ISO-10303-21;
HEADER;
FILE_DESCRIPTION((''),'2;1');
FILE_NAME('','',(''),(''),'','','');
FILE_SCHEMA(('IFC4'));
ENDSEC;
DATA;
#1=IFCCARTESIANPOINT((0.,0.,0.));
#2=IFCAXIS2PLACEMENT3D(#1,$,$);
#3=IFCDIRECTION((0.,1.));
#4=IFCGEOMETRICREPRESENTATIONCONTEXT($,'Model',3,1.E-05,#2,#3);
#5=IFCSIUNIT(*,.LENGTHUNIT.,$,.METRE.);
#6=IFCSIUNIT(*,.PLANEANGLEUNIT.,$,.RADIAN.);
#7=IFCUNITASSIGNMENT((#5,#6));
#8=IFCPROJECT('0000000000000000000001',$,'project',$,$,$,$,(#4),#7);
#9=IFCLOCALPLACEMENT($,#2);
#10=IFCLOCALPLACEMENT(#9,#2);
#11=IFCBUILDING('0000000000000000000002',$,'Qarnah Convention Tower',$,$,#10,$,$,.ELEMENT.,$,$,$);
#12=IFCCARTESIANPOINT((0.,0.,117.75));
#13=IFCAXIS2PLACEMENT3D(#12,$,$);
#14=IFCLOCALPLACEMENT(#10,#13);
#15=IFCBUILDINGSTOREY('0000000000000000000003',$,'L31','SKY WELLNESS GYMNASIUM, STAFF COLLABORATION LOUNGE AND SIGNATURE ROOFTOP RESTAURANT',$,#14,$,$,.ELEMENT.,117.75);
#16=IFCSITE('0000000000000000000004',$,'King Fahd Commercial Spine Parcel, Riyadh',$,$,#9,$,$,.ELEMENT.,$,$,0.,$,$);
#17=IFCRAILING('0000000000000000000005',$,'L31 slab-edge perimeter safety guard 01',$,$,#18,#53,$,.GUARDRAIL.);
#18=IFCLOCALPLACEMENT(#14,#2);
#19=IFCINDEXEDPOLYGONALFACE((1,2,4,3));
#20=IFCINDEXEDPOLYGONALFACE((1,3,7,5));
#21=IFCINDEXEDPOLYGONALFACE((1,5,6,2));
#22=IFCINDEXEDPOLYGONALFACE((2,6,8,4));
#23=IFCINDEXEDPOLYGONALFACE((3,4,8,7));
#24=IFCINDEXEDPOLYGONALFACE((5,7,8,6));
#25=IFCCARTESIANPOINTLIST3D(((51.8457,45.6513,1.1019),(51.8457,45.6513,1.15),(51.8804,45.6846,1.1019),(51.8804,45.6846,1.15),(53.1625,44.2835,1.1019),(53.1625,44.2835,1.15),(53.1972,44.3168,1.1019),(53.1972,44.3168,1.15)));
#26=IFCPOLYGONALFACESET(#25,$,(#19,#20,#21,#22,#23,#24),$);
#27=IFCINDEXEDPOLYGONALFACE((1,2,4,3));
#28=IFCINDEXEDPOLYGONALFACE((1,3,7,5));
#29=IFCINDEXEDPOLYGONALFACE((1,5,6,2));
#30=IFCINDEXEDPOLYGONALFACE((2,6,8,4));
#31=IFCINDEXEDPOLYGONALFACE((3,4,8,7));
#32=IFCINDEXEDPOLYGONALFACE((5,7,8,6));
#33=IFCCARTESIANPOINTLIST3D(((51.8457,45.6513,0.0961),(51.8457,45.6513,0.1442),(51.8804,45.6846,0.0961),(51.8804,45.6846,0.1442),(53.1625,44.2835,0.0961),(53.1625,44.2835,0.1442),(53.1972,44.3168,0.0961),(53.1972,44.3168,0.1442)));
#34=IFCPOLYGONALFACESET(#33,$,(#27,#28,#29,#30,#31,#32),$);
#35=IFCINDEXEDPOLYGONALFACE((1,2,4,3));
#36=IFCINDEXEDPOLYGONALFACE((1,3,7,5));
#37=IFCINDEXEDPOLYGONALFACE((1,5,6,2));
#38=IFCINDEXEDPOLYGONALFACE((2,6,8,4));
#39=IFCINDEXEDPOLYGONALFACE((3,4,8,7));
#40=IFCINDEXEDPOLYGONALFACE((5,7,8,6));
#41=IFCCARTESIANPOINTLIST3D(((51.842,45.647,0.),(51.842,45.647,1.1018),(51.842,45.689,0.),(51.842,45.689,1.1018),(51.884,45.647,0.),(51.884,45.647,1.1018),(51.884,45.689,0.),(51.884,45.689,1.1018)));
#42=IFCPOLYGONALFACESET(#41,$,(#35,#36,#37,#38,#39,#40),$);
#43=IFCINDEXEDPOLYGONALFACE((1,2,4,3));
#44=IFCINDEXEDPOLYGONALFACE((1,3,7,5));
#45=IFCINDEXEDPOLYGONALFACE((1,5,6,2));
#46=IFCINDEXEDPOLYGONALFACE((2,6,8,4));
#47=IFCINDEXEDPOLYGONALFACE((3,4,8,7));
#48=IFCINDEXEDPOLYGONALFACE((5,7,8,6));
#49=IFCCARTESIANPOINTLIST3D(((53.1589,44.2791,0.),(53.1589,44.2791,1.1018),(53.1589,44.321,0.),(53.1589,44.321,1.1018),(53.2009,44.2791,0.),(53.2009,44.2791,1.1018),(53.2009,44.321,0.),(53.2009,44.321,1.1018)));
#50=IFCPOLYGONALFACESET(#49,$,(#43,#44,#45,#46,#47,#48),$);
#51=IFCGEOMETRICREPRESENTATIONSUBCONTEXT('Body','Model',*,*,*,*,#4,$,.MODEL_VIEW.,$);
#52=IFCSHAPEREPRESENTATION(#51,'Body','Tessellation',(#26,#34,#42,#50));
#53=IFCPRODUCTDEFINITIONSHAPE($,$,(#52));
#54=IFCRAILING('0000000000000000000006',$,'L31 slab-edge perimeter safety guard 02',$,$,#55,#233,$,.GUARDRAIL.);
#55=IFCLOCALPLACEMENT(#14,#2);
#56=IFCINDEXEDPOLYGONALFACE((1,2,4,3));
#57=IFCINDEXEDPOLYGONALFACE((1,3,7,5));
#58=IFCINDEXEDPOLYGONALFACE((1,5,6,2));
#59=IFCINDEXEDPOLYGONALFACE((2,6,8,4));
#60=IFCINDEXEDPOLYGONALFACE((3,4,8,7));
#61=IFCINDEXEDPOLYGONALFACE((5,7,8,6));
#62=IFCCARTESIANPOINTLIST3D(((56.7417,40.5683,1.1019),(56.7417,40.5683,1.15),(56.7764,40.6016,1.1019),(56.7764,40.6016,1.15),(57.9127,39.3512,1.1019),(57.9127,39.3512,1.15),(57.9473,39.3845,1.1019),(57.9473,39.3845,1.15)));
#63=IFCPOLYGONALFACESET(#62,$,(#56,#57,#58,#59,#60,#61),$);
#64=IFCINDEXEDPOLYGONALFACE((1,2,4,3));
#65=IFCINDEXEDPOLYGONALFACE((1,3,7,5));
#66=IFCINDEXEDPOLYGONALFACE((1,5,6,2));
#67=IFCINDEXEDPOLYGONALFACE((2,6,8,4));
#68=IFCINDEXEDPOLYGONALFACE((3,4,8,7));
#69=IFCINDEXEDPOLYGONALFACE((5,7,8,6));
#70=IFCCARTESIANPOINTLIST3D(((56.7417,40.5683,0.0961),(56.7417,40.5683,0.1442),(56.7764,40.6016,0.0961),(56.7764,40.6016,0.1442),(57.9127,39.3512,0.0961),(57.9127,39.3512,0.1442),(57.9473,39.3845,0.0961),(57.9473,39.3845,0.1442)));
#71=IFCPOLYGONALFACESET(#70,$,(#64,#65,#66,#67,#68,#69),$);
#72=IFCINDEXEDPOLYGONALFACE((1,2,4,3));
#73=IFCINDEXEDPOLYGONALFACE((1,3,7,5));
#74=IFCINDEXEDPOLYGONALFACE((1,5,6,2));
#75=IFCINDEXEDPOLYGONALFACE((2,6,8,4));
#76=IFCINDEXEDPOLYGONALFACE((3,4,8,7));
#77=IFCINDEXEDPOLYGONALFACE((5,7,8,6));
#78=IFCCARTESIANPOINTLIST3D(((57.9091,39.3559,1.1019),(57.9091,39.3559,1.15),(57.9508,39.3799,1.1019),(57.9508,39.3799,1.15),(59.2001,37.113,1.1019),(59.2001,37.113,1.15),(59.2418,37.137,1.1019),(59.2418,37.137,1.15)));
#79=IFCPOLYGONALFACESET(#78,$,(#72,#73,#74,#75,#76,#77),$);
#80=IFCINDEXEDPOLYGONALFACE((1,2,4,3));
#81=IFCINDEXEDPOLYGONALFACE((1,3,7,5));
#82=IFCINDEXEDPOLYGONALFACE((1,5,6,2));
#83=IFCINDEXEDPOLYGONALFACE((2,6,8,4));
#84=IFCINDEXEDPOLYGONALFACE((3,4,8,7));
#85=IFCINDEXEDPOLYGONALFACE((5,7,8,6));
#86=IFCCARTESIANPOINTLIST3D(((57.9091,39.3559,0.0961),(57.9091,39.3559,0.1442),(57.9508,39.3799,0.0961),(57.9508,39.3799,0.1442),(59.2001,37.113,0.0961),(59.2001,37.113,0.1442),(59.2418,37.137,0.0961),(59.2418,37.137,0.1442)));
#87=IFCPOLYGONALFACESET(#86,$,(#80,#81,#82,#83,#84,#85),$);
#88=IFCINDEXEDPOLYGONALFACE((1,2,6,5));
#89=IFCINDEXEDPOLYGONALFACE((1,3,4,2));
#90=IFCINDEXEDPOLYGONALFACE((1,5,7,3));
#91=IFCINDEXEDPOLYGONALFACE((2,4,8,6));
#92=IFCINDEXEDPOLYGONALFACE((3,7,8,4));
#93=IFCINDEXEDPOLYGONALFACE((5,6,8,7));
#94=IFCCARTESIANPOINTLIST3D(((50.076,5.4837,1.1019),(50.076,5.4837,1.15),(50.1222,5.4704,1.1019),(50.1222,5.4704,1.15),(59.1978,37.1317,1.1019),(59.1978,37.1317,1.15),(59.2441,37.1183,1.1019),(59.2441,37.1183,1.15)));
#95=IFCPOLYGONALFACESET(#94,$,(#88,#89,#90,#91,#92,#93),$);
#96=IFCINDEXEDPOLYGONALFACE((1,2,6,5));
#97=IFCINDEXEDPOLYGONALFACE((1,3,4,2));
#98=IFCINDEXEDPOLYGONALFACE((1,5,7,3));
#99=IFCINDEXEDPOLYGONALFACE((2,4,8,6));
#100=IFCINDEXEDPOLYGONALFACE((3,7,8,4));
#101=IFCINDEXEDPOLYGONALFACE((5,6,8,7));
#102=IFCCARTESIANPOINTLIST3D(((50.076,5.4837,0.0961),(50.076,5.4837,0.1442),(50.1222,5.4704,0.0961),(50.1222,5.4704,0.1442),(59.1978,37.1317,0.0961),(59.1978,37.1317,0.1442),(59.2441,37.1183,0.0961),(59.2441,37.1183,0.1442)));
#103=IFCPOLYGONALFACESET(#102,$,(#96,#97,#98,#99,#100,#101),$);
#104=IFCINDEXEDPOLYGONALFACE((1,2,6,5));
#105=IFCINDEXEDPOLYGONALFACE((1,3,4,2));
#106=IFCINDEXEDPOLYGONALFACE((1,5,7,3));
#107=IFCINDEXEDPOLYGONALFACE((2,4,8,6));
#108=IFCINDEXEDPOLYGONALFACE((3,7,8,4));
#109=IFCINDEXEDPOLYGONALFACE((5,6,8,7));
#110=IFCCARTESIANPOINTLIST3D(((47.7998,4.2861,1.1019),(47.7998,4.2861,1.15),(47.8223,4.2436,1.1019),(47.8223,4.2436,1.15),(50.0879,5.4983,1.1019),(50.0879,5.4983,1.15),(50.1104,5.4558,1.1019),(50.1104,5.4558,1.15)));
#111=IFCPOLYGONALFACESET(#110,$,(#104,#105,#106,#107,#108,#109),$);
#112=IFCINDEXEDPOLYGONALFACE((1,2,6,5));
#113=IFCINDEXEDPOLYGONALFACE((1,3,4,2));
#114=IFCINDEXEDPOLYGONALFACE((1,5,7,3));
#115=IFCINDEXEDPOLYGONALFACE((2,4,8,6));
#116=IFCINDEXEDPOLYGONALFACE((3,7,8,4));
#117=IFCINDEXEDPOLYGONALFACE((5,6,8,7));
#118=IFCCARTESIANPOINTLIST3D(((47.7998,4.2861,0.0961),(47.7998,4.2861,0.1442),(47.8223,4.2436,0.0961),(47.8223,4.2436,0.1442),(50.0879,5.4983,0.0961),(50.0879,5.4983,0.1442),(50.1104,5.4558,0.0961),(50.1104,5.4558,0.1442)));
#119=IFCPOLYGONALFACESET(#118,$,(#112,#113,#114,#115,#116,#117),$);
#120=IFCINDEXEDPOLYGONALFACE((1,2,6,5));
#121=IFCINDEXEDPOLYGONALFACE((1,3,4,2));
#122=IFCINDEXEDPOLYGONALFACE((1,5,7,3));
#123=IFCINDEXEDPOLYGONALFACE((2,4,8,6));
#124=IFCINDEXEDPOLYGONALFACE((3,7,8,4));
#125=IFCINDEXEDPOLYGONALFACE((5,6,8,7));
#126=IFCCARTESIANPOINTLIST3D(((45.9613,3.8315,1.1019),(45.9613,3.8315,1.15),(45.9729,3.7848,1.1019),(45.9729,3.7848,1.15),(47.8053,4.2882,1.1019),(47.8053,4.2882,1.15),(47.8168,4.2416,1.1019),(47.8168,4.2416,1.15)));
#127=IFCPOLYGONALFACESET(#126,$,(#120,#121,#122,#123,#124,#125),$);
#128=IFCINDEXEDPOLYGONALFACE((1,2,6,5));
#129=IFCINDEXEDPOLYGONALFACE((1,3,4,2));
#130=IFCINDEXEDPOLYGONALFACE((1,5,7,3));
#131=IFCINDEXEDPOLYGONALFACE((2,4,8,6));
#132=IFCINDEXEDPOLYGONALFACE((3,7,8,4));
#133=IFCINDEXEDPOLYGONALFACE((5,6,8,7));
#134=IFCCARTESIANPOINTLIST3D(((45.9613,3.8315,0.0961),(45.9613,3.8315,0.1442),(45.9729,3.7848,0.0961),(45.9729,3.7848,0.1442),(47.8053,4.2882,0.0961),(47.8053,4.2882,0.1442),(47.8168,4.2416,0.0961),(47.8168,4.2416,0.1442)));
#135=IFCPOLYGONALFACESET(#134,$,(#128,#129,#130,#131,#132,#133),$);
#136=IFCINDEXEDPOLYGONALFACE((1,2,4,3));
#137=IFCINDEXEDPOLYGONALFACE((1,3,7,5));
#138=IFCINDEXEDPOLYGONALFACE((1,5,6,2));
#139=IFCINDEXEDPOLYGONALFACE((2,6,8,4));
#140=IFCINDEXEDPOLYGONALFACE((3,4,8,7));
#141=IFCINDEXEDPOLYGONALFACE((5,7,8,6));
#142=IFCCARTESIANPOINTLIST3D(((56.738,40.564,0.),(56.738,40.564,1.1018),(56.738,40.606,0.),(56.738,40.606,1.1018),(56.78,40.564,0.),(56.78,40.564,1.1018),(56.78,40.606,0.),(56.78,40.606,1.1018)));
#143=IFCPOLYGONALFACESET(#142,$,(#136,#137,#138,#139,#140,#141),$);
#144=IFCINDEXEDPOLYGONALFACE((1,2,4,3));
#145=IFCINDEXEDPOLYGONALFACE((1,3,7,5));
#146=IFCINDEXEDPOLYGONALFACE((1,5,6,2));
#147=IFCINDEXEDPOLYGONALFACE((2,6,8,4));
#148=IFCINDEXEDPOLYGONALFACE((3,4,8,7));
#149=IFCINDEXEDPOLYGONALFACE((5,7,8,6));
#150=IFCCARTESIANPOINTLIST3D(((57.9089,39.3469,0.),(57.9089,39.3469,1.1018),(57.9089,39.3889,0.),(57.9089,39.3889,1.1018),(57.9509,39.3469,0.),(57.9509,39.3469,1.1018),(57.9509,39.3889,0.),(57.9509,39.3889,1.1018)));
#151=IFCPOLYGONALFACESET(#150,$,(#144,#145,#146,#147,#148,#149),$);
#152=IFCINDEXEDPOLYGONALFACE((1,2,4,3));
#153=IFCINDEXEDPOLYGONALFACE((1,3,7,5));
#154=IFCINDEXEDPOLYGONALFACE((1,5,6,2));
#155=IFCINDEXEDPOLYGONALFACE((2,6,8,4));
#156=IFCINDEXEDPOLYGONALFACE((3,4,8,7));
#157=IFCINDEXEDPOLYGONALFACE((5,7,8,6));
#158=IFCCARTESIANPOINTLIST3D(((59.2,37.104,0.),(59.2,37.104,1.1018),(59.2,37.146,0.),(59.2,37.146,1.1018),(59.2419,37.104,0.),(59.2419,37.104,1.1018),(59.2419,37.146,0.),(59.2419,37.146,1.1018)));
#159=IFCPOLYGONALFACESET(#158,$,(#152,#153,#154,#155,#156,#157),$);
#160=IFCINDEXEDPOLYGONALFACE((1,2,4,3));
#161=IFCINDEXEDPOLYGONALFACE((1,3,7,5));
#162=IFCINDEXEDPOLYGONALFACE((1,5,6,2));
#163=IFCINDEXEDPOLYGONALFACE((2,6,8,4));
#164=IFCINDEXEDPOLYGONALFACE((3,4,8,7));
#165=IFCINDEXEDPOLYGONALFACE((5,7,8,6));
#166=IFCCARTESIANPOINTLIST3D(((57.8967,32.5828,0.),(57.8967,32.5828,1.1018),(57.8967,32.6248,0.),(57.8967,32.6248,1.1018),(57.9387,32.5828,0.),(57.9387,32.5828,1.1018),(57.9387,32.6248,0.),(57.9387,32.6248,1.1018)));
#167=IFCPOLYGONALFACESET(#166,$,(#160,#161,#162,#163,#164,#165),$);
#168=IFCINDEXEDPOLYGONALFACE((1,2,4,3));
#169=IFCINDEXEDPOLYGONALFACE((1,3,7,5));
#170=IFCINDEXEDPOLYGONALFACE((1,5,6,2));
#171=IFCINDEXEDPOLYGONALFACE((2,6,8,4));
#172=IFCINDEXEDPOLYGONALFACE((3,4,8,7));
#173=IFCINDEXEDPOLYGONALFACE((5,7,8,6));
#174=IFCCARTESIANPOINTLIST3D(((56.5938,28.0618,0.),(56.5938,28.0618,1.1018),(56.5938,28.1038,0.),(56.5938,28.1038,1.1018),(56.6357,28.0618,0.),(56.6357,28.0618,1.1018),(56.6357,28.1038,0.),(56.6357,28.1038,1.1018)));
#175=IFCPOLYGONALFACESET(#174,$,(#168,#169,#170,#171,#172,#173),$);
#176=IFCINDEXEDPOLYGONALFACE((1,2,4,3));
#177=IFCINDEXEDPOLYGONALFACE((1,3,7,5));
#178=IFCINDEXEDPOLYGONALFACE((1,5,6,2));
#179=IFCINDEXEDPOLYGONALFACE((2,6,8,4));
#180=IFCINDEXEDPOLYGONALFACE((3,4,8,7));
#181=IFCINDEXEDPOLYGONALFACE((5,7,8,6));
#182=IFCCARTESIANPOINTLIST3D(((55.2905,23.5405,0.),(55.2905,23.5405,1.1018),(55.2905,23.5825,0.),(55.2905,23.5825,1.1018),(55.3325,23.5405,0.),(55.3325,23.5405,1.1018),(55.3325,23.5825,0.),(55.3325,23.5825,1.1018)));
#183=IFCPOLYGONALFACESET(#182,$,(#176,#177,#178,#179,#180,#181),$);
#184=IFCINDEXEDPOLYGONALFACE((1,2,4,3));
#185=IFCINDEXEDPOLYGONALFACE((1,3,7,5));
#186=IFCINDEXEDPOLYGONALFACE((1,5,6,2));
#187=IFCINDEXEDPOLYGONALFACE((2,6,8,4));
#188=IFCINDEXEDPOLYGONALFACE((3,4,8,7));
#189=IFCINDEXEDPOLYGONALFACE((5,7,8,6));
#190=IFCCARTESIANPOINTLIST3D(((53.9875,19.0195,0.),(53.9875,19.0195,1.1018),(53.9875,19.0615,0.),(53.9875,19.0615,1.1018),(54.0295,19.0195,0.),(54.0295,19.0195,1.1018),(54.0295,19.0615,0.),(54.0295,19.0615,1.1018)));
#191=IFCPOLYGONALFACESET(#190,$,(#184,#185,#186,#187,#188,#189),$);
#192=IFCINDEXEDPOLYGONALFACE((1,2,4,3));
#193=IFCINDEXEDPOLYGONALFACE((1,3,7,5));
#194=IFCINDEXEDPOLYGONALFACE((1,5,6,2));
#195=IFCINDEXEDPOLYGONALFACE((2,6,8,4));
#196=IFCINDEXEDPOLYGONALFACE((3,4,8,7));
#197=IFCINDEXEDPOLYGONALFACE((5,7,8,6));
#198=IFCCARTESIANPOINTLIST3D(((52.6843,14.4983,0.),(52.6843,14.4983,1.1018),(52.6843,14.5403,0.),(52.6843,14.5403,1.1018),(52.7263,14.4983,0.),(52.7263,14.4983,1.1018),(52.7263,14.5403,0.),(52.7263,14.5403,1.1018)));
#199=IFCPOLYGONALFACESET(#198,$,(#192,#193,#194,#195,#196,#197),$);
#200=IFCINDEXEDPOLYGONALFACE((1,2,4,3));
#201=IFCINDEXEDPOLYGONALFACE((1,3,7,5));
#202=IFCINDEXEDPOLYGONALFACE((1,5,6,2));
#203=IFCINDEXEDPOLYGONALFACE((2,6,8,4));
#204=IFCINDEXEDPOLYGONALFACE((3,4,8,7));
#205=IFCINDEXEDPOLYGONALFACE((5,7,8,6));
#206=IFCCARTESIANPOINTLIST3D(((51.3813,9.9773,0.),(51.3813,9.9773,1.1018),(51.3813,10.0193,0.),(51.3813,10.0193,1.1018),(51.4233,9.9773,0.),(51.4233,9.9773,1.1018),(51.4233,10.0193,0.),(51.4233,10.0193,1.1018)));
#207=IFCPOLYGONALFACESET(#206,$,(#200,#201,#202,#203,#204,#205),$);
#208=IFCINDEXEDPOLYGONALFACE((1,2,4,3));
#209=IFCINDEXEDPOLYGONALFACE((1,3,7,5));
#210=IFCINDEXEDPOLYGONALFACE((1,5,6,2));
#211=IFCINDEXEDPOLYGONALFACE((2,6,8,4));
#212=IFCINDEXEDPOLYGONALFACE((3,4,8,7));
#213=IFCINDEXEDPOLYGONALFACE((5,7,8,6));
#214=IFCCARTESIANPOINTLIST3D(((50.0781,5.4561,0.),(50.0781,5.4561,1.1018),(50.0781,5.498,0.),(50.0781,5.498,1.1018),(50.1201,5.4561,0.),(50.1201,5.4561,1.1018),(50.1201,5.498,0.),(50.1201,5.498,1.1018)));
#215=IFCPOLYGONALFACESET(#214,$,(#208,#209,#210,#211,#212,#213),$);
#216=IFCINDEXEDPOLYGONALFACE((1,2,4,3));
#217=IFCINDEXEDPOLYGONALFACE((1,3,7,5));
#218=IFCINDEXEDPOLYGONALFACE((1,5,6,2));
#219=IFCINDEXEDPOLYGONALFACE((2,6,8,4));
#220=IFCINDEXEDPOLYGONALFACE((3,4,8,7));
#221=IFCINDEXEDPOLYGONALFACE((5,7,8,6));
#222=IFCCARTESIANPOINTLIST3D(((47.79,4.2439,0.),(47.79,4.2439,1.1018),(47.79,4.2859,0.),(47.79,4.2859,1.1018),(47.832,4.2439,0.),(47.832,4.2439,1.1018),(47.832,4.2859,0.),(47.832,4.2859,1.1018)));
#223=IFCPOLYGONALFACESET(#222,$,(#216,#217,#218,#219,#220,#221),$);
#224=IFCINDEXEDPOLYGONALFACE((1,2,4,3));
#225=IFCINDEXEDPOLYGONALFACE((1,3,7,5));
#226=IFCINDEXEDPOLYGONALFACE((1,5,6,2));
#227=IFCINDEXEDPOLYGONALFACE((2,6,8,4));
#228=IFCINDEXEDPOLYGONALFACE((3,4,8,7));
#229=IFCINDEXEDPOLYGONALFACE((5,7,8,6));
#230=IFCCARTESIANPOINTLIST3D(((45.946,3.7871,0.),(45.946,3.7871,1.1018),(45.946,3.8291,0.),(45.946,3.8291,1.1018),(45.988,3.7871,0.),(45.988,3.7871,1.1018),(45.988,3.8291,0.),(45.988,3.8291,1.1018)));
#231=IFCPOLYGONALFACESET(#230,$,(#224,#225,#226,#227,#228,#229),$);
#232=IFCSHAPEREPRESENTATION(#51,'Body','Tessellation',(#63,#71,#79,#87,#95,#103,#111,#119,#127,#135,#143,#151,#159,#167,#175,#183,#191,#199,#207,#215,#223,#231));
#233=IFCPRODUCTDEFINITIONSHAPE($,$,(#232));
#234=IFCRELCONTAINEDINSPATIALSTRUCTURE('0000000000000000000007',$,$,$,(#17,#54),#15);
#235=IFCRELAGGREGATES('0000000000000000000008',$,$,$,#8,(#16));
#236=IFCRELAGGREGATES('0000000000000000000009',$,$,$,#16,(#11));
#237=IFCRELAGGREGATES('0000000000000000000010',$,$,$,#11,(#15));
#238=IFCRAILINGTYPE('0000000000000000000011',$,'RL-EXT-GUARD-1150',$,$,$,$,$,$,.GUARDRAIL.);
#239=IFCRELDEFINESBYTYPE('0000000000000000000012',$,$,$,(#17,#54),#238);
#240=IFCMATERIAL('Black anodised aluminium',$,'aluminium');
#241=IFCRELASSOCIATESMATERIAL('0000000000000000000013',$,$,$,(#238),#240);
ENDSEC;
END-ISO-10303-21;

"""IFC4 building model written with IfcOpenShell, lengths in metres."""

from ifc_helpers import new_model, si_unit, direction, frame, origin, origin_2d, place, context, subcontext, project, spatial, rectangle, extrude, material, type_object, element, save


model = new_model("IFC4")

# Units and contexts
model_context = context("Model", 3, precision=1e-05, world=origin(), true_north=direction((0.0, 1.0)))
body_context = subcontext(model_context, "Body", "Model", "MODEL_VIEW")
ifc_project = project(units=[si_unit("LENGTHUNIT", "METRE"), si_unit("PLANEANGLEUNIT", "RADIAN")], contexts=[model_context])

# Site, building, storey
site_placement = place(None, origin())
site = spatial("IfcSite", under=ifc_project, at=site_placement, Name="King Fahd Commercial Spine Parcel, Riyadh", CompositionType="ELEMENT", RefElevation=0.0)
building_placement = place(site_placement, origin())
building = spatial("IfcBuilding", under=site, at=building_placement, Name="Qarnah Convention Tower", CompositionType="ELEMENT")
storey_placement = place(building_placement, frame((0.0, 0.0, 117.75)))
storey = spatial("IfcBuildingStorey", under=building, at=storey_placement, Name="L31", Description="SKY WELLNESS GYMNASIUM, STAFF COLLABORATION LOUNGE AND SIGNATURE ROOFTOP RESTAURANT", CompositionType="ELEMENT", Elevation=117.75)

# Shared definitions
ifc_material_1 = material(Name="Black anodised aluminium", Category="aluminium")

# Railings
railing_type = type_object("IfcRailingType", Name="RL-EXT-GUARD-1150", PredefinedType="GUARDRAIL", material=ifc_material_1)
railing_1_placement = place(storey_placement, frame((51.863, 45.668, 0.0)))
element("IfcRailing", 1, at=railing_1_placement, inside=storey, type_object=railing_type, Name="L31 slab-edge perimeter safety guard 01", PredefinedType="GUARDRAIL", context=body_context, shape_type="SweptSolid", body=[
    extrude(rectangle(XDim=0.0481, YDim=0.0481, at=origin_2d()), frame((0.0, 0.0, 1.126), z_axis=(0.693543, -0.720415, 0.0), x_axis=(0.720415, 0.693543, 0.0)), (0.0, 0.0, 1.0), 1.8987),
    extrude(rectangle(XDim=0.0481, YDim=0.0481, at=origin_2d()), frame((0.0, 0.0, 0.1201), z_axis=(0.693543, -0.720415, 0.0), x_axis=(0.720415, 0.693543, 0.0)), (0.0, 0.0, 1.0), 1.8987),
    extrude(rectangle(XDim=0.042, YDim=0.042, at=origin_2d()), origin(), (0.0, 0.0, 1.0), 1.1018),
    extrude(rectangle(XDim=0.042, YDim=0.042, at=origin_2d()), frame((1.3169, -1.3679, 0.0)), (0.0, 0.0, 1.0), 1.1018),
])
railing_2_placement = place(storey_placement, frame((56.759, 40.585, 0.0)))
element("IfcRailing", 2, at=railing_2_placement, inside=storey, type_object=railing_type, Name="L31 slab-edge perimeter safety guard 02", PredefinedType="GUARDRAIL", context=body_context, shape_type="SweptSolid", body=[
    extrude(rectangle(XDim=0.0481, YDim=0.0481, at=origin_2d()), frame((0.0, 0.0, 1.126), z_axis=(0.693314, -0.720636, 0.0), x_axis=(0.720636, 0.693314, 0.0)), (0.0, 0.0, 1.0), 1.689),
    extrude(rectangle(XDim=0.0481, YDim=0.0481, at=origin_2d()), frame((0.0, 0.0, 0.1201), z_axis=(0.693314, -0.720636, 0.0), x_axis=(0.720636, 0.693314, 0.0)), (0.0, 0.0, 1.0), 1.689),
    extrude(rectangle(XDim=0.0481, YDim=0.0481, at=origin_2d()), frame((1.1709, -1.217, 1.126), z_axis=(0.498859, -0.866683, 0.0), x_axis=(0.866683, 0.498859, 0.0)), (0.0, 0.0, 1.0), 2.5879),
    extrude(rectangle(XDim=0.0481, YDim=0.0481, at=origin_2d()), frame((1.1709, -1.217, 0.1201), z_axis=(0.498859, -0.866683, 0.0), x_axis=(0.866683, 0.498859, 0.0)), (0.0, 0.0, 1.0), 2.5879),
    extrude(rectangle(XDim=0.0481, YDim=0.0481, at=origin_2d()), frame((2.4619, -3.46, 1.126), z_axis=(-0.276954, -0.960883, 0.0), x_axis=(0.960883, -0.276954, 0.0)), (0.0, 0.0, 1.0), 32.9363),
    extrude(rectangle(XDim=0.0481, YDim=0.0481, at=origin_2d()), frame((2.4619, -3.46, 0.1201), z_axis=(-0.276954, -0.960883, 0.0), x_axis=(0.960883, -0.276954, 0.0)), (0.0, 0.0, 1.0), 32.9363),
    extrude(rectangle(XDim=0.0481, YDim=0.0481, at=origin_2d()), frame((-6.6599, -35.1079, 1.126), z_axis=(-0.883657, -0.468135, 0.0), x_axis=(0.468135, -0.883657, 0.0)), (0.0, 0.0, 1.0), 2.5894),
    extrude(rectangle(XDim=0.0481, YDim=0.0481, at=origin_2d()), frame((-6.6599, -35.1079, 0.1201), z_axis=(-0.883657, -0.468135, 0.0), x_axis=(0.468135, -0.883657, 0.0)), (0.0, 0.0, 1.0), 2.5894),
    extrude(rectangle(XDim=0.0481, YDim=0.0481, at=origin_2d()), frame((-8.948, -36.3201, 1.126), z_axis=(-0.970662, -0.240449, 0.0), x_axis=(0.240449, -0.970662, 0.0)), (0.0, 0.0, 1.0), 1.8997),
    extrude(rectangle(XDim=0.0481, YDim=0.0481, at=origin_2d()), frame((-8.948, -36.3201, 0.1201), z_axis=(-0.970662, -0.240449, 0.0), x_axis=(0.240449, -0.970662, 0.0)), (0.0, 0.0, 1.0), 1.8997),
    extrude(rectangle(XDim=0.042, YDim=0.042, at=origin_2d()), origin(), (0.0, 0.0, 1.0), 1.1018),
    extrude(rectangle(XDim=0.042, YDim=0.042, at=origin_2d()), frame((1.1709, -1.217, 0.0)), (0.0, 0.0, 1.0), 1.1018),
    extrude(rectangle(XDim=0.042, YDim=0.042, at=origin_2d()), frame((2.4619, -3.46, 0.0)), (0.0, 0.0, 1.0), 1.1018),
    extrude(rectangle(XDim=0.042, YDim=0.042, at=origin_2d()), frame((1.1587, -7.9812, 0.0)), (0.0, 0.0, 1.0), 1.1018),
    extrude(rectangle(XDim=0.042, YDim=0.042, at=origin_2d()), frame((-0.1443, -12.5022, 0.0)), (0.0, 0.0, 1.0), 1.1018),
    extrude(rectangle(XDim=0.042, YDim=0.042, at=origin_2d()), frame((-1.4475, -17.0234, 0.0)), (0.0, 0.0, 1.0), 1.1018),
    extrude(rectangle(XDim=0.042, YDim=0.042, at=origin_2d()), frame((-2.7505, -21.5444, 0.0)), (0.0, 0.0, 1.0), 1.1018),
    extrude(rectangle(XDim=0.042, YDim=0.042, at=origin_2d()), frame((-4.0537, -26.0657, 0.0)), (0.0, 0.0, 1.0), 1.1018),
    extrude(rectangle(XDim=0.042, YDim=0.042, at=origin_2d()), frame((-5.3567, -30.5867, 0.0)), (0.0, 0.0, 1.0), 1.1018),
    extrude(rectangle(XDim=0.042, YDim=0.042, at=origin_2d()), frame((-6.6599, -35.1079, 0.0)), (0.0, 0.0, 1.0), 1.1018),
    extrude(rectangle(XDim=0.042, YDim=0.042, at=origin_2d()), frame((-8.948, -36.3201, 0.0)), (0.0, 0.0, 1.0), 1.1018),
    extrude(rectangle(XDim=0.042, YDim=0.042, at=origin_2d()), frame((-10.792, -36.7769, 0.0)), (0.0, 0.0, 1.0), 1.1018),
])

save(model, "model.ifc")
